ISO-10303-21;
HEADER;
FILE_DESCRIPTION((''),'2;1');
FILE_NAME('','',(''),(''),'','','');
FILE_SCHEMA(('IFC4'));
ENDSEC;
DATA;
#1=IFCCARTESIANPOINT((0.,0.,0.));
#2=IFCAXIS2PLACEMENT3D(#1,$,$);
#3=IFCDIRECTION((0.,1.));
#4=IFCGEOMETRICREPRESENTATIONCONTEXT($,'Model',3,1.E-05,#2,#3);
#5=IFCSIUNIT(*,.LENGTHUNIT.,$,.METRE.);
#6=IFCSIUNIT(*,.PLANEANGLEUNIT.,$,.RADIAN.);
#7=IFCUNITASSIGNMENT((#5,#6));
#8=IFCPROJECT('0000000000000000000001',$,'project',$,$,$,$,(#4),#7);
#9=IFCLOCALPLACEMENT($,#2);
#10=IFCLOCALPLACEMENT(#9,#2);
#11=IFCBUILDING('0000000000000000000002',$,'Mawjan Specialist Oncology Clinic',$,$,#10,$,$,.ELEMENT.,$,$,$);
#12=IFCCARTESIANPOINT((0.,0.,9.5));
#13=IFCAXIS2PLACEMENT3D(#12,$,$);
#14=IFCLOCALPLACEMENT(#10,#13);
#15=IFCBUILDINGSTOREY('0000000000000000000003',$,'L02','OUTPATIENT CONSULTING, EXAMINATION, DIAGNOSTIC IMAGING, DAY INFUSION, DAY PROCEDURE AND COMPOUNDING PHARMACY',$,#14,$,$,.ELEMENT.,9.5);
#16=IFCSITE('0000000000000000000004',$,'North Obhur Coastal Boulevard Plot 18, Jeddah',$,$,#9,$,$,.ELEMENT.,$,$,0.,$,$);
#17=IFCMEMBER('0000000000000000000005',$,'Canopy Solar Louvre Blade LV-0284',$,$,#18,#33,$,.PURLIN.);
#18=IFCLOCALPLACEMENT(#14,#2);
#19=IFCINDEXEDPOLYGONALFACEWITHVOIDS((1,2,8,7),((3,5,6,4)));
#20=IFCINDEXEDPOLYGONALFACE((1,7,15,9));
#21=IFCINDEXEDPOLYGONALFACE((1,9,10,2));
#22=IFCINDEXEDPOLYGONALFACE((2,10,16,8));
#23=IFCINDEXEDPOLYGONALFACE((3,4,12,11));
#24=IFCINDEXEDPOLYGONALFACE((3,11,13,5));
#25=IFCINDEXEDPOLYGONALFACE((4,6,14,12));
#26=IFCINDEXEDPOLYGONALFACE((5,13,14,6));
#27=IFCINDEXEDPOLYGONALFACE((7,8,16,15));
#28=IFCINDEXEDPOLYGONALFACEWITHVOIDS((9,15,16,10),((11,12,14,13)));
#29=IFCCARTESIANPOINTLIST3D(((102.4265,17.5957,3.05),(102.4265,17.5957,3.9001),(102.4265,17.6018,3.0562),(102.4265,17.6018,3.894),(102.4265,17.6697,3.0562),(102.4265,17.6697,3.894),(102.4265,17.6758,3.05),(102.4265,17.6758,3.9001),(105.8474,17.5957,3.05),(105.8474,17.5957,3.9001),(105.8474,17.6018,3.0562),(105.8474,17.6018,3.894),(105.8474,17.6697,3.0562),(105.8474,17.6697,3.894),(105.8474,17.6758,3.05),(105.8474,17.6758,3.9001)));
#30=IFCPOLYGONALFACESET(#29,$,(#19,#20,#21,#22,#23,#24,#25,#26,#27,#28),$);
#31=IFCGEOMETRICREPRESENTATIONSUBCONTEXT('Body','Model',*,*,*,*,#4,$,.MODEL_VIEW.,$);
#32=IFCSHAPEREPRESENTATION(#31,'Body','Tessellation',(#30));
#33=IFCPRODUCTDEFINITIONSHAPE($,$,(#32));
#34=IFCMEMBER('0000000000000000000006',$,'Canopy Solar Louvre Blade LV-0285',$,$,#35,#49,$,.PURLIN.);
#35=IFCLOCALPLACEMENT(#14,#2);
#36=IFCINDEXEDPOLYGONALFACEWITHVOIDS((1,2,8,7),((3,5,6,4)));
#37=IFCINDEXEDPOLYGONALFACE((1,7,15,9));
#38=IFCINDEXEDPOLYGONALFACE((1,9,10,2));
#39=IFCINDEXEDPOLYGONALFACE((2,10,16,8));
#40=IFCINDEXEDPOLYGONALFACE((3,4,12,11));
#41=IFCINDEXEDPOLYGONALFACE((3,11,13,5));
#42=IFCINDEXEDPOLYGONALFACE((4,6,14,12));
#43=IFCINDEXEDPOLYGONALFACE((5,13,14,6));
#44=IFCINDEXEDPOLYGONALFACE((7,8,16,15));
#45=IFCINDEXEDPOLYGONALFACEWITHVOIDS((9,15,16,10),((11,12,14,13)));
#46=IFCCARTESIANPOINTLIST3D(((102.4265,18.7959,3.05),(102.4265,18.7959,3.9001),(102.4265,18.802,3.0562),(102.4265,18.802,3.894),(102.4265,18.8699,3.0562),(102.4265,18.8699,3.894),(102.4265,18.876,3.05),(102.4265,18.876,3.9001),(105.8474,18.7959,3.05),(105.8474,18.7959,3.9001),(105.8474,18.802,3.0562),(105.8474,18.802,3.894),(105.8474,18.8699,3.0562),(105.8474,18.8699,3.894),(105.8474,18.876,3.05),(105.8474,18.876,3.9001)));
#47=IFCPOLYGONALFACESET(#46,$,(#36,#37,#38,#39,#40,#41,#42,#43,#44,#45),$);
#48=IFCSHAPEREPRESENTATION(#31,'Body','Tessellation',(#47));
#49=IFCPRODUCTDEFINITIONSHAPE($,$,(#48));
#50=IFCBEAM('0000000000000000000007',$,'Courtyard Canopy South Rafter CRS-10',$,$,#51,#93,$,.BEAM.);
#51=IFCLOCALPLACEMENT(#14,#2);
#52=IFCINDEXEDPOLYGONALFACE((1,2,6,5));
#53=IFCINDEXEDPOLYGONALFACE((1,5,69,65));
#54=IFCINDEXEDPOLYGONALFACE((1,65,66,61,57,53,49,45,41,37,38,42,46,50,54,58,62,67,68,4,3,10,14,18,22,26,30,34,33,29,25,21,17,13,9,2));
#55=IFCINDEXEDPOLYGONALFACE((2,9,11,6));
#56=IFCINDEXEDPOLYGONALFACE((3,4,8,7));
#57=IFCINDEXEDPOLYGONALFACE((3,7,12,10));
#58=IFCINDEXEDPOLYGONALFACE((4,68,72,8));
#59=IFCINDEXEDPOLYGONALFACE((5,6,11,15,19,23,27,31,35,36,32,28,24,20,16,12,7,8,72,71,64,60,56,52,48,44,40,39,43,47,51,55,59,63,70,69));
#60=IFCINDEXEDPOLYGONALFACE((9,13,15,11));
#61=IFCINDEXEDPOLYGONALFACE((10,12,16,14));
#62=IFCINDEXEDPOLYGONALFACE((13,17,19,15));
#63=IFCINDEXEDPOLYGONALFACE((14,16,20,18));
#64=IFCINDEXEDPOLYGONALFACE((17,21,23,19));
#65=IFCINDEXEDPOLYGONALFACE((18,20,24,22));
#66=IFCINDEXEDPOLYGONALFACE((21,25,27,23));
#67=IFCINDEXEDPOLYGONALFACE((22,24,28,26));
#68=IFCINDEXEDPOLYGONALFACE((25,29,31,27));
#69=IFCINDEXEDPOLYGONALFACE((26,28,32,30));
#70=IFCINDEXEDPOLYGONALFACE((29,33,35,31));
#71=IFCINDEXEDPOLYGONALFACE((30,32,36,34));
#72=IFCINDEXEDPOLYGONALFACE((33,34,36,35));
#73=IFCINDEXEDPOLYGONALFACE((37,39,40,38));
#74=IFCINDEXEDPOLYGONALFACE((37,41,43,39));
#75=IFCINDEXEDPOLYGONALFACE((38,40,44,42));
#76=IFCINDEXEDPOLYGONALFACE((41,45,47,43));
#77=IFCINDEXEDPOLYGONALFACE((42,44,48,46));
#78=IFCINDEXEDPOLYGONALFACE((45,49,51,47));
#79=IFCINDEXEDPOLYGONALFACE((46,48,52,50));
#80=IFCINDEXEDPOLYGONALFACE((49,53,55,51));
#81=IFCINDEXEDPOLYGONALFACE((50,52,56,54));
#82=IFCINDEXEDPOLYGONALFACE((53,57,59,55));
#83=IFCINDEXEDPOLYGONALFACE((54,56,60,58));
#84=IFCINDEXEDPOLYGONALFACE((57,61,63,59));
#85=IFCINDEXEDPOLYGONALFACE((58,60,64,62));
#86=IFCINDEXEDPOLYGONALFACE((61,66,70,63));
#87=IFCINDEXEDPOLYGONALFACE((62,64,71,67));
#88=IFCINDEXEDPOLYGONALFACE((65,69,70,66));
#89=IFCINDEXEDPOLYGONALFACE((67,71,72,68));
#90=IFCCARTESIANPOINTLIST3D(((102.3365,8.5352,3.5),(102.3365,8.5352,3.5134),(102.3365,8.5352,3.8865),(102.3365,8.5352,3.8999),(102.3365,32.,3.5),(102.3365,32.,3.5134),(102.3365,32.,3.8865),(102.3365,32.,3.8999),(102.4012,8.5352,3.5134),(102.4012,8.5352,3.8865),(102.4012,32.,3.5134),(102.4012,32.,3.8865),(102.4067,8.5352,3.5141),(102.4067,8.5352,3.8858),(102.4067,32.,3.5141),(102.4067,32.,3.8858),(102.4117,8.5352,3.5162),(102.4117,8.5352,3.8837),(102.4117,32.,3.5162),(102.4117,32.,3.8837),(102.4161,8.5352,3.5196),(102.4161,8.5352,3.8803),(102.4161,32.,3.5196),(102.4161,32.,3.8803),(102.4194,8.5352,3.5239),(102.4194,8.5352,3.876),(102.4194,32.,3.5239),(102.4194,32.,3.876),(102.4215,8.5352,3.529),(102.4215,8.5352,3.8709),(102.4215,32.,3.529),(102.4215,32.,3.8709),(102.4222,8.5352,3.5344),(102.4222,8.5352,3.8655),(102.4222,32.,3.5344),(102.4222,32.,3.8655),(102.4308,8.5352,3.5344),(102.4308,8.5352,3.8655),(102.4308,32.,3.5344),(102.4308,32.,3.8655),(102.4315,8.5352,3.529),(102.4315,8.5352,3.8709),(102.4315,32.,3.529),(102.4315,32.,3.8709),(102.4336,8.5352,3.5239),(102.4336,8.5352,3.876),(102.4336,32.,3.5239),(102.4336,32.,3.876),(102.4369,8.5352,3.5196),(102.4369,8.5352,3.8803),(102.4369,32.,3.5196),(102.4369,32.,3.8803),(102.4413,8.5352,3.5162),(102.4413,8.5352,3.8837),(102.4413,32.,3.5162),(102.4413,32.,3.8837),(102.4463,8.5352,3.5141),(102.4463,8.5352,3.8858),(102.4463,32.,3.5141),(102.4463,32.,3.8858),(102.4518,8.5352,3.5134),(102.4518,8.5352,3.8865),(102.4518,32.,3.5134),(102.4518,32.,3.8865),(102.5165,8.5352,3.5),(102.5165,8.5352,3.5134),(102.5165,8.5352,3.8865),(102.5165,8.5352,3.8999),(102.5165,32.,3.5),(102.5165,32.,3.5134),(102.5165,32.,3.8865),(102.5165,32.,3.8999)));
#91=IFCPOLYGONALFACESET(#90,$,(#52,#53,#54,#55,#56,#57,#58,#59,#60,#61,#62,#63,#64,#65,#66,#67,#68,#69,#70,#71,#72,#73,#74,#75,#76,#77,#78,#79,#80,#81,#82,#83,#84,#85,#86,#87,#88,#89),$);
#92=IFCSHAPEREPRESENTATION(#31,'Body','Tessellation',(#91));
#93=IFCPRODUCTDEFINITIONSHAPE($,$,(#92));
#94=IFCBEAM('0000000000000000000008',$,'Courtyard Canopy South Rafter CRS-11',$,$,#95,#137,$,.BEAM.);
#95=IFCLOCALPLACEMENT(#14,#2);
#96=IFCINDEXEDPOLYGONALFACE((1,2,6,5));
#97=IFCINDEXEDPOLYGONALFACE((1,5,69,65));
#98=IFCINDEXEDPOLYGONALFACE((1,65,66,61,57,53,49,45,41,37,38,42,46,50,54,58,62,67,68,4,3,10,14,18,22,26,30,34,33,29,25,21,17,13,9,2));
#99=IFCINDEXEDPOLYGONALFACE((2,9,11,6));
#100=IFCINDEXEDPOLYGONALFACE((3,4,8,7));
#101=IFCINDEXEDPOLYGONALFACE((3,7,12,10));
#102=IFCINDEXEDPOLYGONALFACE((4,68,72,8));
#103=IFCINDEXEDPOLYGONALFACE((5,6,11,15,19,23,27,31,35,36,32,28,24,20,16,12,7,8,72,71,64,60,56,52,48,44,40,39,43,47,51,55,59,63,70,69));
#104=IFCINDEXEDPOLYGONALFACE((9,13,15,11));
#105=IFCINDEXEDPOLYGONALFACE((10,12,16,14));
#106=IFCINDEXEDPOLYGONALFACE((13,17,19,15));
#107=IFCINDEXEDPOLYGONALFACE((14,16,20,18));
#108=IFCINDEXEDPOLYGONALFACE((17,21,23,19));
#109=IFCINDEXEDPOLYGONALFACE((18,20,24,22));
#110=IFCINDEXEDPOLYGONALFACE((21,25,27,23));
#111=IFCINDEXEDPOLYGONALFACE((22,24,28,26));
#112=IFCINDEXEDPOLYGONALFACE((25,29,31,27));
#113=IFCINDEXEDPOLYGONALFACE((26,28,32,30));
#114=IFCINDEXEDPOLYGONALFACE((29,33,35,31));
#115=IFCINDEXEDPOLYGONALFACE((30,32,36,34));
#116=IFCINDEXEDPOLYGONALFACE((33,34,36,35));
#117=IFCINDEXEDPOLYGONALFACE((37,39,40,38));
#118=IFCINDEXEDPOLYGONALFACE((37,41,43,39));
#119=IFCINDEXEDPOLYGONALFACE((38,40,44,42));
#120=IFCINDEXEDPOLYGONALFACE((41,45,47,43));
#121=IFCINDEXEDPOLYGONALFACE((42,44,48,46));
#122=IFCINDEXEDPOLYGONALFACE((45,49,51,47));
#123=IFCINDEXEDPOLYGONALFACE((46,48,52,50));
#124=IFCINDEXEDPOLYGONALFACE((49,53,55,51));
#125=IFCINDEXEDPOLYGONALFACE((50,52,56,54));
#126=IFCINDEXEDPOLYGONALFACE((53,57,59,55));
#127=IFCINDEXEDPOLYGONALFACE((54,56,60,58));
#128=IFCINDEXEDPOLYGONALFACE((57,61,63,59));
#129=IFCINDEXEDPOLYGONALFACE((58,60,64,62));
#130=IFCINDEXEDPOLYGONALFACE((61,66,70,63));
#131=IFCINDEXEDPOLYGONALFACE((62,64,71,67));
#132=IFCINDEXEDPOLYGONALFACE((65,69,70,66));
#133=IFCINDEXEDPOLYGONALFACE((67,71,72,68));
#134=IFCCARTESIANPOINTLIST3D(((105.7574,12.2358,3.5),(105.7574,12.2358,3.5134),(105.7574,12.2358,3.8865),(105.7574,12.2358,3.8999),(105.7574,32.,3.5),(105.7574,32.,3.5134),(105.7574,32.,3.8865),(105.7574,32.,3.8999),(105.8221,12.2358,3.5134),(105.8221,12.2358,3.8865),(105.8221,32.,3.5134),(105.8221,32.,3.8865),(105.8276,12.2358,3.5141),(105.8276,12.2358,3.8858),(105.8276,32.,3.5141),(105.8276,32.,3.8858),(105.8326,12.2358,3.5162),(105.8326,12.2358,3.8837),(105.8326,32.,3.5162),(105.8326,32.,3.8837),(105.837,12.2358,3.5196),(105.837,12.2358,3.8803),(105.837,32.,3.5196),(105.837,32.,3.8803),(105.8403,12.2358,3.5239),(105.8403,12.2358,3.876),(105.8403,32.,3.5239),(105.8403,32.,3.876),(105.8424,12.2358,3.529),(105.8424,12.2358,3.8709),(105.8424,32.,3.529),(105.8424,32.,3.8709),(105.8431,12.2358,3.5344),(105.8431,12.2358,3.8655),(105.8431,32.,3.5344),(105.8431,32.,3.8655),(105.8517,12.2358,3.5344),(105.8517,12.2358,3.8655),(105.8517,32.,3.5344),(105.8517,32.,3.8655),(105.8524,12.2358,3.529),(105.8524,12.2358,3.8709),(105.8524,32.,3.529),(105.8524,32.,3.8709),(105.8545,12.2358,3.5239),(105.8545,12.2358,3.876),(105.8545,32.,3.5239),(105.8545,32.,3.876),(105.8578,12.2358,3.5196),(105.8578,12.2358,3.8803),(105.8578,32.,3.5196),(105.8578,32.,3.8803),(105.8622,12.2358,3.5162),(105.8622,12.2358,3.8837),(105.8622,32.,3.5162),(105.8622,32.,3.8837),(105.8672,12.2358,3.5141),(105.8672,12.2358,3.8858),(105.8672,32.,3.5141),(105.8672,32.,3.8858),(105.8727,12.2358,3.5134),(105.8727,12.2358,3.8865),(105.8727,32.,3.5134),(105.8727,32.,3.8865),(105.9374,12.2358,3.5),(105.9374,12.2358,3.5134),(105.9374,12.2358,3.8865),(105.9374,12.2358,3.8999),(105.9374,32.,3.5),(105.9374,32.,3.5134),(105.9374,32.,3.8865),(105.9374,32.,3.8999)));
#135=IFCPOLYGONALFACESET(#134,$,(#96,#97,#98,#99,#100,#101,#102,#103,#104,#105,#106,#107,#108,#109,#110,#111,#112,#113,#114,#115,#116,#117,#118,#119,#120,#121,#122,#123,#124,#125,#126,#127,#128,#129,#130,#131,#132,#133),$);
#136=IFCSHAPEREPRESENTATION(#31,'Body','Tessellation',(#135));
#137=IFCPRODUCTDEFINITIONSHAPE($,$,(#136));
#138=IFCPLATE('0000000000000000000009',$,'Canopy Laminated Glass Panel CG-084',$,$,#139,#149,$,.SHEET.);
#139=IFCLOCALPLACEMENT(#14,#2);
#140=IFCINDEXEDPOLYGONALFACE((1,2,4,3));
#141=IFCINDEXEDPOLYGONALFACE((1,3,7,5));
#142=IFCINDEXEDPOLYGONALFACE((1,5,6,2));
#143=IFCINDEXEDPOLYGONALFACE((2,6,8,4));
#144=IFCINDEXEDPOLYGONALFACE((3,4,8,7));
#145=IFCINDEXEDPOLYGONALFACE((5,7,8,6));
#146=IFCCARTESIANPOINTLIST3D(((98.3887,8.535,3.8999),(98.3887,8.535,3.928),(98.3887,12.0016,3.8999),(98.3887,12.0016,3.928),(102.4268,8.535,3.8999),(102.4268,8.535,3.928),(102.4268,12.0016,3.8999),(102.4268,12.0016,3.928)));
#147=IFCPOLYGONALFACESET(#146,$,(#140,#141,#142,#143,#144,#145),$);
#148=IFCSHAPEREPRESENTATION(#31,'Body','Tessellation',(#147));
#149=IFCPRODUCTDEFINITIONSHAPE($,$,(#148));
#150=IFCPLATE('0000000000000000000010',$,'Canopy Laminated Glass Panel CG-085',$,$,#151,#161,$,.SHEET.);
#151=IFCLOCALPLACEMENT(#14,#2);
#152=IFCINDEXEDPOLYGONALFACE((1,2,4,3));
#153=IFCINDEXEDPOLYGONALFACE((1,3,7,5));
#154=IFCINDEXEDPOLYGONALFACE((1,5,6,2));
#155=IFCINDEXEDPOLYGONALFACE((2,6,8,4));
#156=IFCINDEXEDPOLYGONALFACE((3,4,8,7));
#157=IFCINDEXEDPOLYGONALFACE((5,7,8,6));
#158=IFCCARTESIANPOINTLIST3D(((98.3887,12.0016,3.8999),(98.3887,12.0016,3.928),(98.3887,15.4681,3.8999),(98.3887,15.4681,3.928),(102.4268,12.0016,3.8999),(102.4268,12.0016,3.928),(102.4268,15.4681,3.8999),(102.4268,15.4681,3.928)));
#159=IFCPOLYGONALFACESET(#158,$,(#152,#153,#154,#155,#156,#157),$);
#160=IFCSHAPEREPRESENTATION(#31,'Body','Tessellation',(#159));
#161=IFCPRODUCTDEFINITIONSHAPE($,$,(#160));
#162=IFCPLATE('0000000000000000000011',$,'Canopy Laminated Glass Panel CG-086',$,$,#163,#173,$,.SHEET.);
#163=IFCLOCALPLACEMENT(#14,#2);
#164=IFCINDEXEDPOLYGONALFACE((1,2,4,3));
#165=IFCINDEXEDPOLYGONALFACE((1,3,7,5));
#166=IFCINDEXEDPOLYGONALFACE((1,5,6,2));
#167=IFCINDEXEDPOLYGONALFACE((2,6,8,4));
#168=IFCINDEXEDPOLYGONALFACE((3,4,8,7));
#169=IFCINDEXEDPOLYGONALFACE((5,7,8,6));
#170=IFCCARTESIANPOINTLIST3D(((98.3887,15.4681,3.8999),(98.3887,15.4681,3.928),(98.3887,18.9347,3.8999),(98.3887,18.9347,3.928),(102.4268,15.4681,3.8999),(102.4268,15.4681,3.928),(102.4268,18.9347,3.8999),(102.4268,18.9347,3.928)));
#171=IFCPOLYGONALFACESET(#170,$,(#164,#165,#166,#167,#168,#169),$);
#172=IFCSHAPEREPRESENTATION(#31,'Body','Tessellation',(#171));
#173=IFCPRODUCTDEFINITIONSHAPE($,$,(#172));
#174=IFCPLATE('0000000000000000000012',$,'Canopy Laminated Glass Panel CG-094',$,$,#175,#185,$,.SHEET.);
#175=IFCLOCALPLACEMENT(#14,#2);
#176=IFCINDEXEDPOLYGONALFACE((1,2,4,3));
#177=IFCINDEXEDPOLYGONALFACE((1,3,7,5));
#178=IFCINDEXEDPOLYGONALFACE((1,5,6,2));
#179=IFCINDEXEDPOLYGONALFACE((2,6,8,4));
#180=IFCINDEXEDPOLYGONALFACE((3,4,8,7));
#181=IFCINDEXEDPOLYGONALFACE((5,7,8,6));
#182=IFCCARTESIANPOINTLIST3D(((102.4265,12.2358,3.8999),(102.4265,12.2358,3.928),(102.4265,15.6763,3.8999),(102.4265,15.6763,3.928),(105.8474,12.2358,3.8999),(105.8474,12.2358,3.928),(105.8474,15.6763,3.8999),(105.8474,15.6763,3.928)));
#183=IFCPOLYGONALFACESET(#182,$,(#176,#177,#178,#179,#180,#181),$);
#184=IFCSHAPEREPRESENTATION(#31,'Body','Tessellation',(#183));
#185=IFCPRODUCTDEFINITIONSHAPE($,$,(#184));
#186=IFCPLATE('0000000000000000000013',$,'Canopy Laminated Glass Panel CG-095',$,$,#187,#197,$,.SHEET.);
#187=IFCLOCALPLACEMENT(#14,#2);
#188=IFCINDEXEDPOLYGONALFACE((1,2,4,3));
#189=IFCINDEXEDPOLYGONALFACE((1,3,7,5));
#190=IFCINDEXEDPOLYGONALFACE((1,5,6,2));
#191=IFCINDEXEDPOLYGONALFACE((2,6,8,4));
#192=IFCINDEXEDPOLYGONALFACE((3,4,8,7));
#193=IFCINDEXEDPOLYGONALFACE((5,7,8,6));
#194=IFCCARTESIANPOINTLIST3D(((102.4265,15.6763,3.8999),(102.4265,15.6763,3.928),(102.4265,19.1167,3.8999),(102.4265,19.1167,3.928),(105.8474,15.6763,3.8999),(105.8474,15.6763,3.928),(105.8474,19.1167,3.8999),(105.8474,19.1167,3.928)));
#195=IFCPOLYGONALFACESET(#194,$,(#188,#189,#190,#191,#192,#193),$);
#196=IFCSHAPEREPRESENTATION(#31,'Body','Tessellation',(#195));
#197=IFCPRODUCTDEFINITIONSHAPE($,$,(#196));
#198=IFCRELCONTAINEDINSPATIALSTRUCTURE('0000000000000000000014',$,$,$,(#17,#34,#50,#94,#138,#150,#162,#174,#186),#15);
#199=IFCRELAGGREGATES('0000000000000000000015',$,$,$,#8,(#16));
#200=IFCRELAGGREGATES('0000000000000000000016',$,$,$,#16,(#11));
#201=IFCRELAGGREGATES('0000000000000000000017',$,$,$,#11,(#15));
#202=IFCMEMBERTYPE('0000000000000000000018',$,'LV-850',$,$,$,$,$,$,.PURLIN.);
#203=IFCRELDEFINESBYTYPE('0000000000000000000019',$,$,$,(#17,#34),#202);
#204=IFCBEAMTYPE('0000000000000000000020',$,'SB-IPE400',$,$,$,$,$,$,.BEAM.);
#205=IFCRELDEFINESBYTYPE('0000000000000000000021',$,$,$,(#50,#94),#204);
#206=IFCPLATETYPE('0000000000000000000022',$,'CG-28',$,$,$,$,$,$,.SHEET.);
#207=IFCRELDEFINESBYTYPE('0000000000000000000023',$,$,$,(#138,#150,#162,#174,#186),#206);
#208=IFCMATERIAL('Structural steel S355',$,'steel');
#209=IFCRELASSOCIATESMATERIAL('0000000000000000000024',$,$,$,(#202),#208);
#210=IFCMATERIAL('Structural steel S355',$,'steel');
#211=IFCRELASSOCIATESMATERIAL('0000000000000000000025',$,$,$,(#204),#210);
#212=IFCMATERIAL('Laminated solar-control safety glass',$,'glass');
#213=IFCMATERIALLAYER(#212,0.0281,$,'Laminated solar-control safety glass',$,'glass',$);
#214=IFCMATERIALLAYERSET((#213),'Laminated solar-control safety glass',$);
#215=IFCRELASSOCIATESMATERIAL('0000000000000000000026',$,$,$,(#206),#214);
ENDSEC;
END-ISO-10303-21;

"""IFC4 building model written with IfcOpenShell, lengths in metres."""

from ifc_helpers import new_model, si_unit, direction, frame, origin, origin_2d, place, context, subcontext, project, spatial, rectangle, hollow_rectangle, i_section, extrude, material, layer, layer_set, material_profile, profile_set, type_object, element, save


model = new_model("IFC4")

# Units and contexts
model_context = context("Model", 3, precision=1e-05, world=origin(), true_north=direction((0.0, 1.0)))
body_context = subcontext(model_context, "Body", "Model", "MODEL_VIEW")
ifc_project = project(units=[si_unit("LENGTHUNIT", "METRE"), si_unit("PLANEANGLEUNIT", "RADIAN")], contexts=[model_context])

# Site, building, storey
site_placement = place(None, origin())
site = spatial("IfcSite", under=ifc_project, at=site_placement, Name="North Obhur Coastal Boulevard Plot 18, Jeddah", CompositionType="ELEMENT", RefElevation=0.0)
building_placement = place(site_placement, origin())
building = spatial("IfcBuilding", under=site, at=building_placement, Name="Mawjan Specialist Oncology Clinic", CompositionType="ELEMENT")
storey_placement = place(building_placement, frame((0.0, 0.0, 9.5)))
storey = spatial("IfcBuildingStorey", under=building, at=storey_placement, Name="L02", Description="OUTPATIENT CONSULTING, EXAMINATION, DIAGNOSTIC IMAGING, DAY INFUSION, DAY PROCEDURE AND COMPOUNDING PHARMACY", CompositionType="ELEMENT", Elevation=9.5)

# Members
ifc_material_1 = material(Name="Structural steel S355", Category="steel")
ifc_material_profile_1 = material_profile(ifc_material_1, hollow_rectangle(XDim=0.0801, YDim=0.8501, WallThickness=0.0061, at=origin_2d()), Name="LOUVRE 850x80x6", Category="steel")
ifc_profile_set_1 = profile_set([ifc_material_profile_1], Name="Structural steel S355")
member_type_1 = type_object("IfcMemberType", Name="LV-850", PredefinedType="PURLIN", material=ifc_profile_set_1)
for number, where, z_axis, x_axis, name in (
    (1, (102.4265, 17.6357, 3.4751), (1.0, 0.0, 0.0), (0.0, 1.0, 0.0), "Canopy Solar Louvre Blade LV-0284"),
    (2, (102.4265, 18.8359, 3.4751), (1.0, 0.0, 0.0), (0.0, 1.0, 0.0), "Canopy Solar Louvre Blade LV-0285"),
):
    element("IfcMember", number, at=place(storey_placement, frame(where, z_axis=z_axis, x_axis=x_axis)), inside=storey, type_object=member_type_1, Name=name, PredefinedType="PURLIN", context=body_context, shape_type="SweptSolid", body=[
        extrude(hollow_rectangle(XDim=0.0801, YDim=0.8501, WallThickness=0.0061, at=origin_2d()), origin(), (0.0, 0.0, 1.0), 3.4209),
    ])

# Beams
ifc_material_2 = material(Name="Structural steel S355", Category="steel")
ifc_material_profile_2 = material_profile(ifc_material_2, i_section(OverallWidth=0.1799, OverallDepth=0.3999, WebThickness=0.0085, FlangeThickness=0.0134, FilletRadius=0.021, at=origin_2d()), Name="IPE 400", Category="steel")
ifc_profile_set_2 = profile_set([ifc_material_profile_2], Name="Structural steel S355")
beam_type = type_object("IfcBeamType", Name="SB-IPE400", PredefinedType="BEAM", material=ifc_profile_set_2)
beam_1_placement = place(storey_placement, frame((102.4265, 8.5352, 3.7), z_axis=(0.0, 1.0, 0.0), x_axis=(-1.0, 0.0, 0.0)))
element("IfcBeam", 3, at=beam_1_placement, inside=storey, type_object=beam_type, Name="Courtyard Canopy South Rafter CRS-10", PredefinedType="BEAM", context=body_context, shape_type="SweptSolid", body=[
    extrude(i_section(OverallWidth=0.1799, OverallDepth=0.3999, WebThickness=0.0085, FlangeThickness=0.0134, FilletRadius=0.021, at=origin_2d()), origin(), (0.0, 0.0, 1.0), 23.4648),
])
beam_2_placement = place(storey_placement, frame((105.8474, 12.2358, 3.7), z_axis=(0.0, 1.0, 0.0), x_axis=(-1.0, 0.0, 0.0)))
element("IfcBeam", 4, at=beam_2_placement, inside=storey, type_object=beam_type, Name="Courtyard Canopy South Rafter CRS-11", PredefinedType="BEAM", context=body_context, shape_type="SweptSolid", body=[
    extrude(i_section(OverallWidth=0.1799, OverallDepth=0.3999, WebThickness=0.0085, FlangeThickness=0.0134, FilletRadius=0.021, at=origin_2d()), origin(), (0.0, 0.0, 1.0), 19.7642),
])

# Plates
ifc_material_3 = material(Name="Laminated solar-control safety glass", Category="glass")
ifc_layer_1 = layer(ifc_material_3, 0.0281, Name="Laminated solar-control safety glass", Category="glass")
ifc_layer_set_1 = layer_set([ifc_layer_1], Name="Laminated solar-control safety glass")
plate_type_1 = type_object("IfcPlateType", Name="CG-28", PredefinedType="SHEET", material=ifc_layer_set_1)
for number, where, z_axis, x_axis, name in (
    (5, (100.4077, 10.2683, 3.8999), (0.0, 0.0, 1.0), (1.0, 0.0, 0.0), "Canopy Laminated Glass Panel CG-084"),
    (6, (100.4077, 13.7349, 3.8999), (0.0, 0.0, 1.0), (1.0, 0.0, 0.0), "Canopy Laminated Glass Panel CG-085"),
    (7, (100.4077, 17.2014, 3.8999), (0.0, 0.0, 1.0), (1.0, 0.0, 0.0), "Canopy Laminated Glass Panel CG-086"),
):
    element("IfcPlate", number, at=place(storey_placement, frame(where, z_axis=z_axis, x_axis=x_axis)), inside=storey, type_object=plate_type_1, Name=name, PredefinedType="SHEET", context=body_context, shape_type="SweptSolid", body=[
        extrude(rectangle(XDim=4.0381, YDim=3.4666, at=origin_2d()), origin(), (0.0, 0.0, 1.0), 0.0281),
    ])
for number, where, z_axis, x_axis, name in (
    (8, (104.137, 13.9561, 3.8999), (0.0, 0.0, 1.0), (1.0, 0.0, 0.0), "Canopy Laminated Glass Panel CG-094"),
    (9, (104.137, 17.3965, 3.8999), (0.0, 0.0, 1.0), (1.0, 0.0, 0.0), "Canopy Laminated Glass Panel CG-095"),
):
    element("IfcPlate", number, at=place(storey_placement, frame(where, z_axis=z_axis, x_axis=x_axis)), inside=storey, type_object=plate_type_1, Name=name, PredefinedType="SHEET", context=body_context, shape_type="SweptSolid", body=[
        extrude(rectangle(XDim=3.4209, YDim=3.4404, at=origin_2d()), origin(), (0.0, 0.0, 1.0), 0.0281),
    ])

save(model, "model.ifc")
